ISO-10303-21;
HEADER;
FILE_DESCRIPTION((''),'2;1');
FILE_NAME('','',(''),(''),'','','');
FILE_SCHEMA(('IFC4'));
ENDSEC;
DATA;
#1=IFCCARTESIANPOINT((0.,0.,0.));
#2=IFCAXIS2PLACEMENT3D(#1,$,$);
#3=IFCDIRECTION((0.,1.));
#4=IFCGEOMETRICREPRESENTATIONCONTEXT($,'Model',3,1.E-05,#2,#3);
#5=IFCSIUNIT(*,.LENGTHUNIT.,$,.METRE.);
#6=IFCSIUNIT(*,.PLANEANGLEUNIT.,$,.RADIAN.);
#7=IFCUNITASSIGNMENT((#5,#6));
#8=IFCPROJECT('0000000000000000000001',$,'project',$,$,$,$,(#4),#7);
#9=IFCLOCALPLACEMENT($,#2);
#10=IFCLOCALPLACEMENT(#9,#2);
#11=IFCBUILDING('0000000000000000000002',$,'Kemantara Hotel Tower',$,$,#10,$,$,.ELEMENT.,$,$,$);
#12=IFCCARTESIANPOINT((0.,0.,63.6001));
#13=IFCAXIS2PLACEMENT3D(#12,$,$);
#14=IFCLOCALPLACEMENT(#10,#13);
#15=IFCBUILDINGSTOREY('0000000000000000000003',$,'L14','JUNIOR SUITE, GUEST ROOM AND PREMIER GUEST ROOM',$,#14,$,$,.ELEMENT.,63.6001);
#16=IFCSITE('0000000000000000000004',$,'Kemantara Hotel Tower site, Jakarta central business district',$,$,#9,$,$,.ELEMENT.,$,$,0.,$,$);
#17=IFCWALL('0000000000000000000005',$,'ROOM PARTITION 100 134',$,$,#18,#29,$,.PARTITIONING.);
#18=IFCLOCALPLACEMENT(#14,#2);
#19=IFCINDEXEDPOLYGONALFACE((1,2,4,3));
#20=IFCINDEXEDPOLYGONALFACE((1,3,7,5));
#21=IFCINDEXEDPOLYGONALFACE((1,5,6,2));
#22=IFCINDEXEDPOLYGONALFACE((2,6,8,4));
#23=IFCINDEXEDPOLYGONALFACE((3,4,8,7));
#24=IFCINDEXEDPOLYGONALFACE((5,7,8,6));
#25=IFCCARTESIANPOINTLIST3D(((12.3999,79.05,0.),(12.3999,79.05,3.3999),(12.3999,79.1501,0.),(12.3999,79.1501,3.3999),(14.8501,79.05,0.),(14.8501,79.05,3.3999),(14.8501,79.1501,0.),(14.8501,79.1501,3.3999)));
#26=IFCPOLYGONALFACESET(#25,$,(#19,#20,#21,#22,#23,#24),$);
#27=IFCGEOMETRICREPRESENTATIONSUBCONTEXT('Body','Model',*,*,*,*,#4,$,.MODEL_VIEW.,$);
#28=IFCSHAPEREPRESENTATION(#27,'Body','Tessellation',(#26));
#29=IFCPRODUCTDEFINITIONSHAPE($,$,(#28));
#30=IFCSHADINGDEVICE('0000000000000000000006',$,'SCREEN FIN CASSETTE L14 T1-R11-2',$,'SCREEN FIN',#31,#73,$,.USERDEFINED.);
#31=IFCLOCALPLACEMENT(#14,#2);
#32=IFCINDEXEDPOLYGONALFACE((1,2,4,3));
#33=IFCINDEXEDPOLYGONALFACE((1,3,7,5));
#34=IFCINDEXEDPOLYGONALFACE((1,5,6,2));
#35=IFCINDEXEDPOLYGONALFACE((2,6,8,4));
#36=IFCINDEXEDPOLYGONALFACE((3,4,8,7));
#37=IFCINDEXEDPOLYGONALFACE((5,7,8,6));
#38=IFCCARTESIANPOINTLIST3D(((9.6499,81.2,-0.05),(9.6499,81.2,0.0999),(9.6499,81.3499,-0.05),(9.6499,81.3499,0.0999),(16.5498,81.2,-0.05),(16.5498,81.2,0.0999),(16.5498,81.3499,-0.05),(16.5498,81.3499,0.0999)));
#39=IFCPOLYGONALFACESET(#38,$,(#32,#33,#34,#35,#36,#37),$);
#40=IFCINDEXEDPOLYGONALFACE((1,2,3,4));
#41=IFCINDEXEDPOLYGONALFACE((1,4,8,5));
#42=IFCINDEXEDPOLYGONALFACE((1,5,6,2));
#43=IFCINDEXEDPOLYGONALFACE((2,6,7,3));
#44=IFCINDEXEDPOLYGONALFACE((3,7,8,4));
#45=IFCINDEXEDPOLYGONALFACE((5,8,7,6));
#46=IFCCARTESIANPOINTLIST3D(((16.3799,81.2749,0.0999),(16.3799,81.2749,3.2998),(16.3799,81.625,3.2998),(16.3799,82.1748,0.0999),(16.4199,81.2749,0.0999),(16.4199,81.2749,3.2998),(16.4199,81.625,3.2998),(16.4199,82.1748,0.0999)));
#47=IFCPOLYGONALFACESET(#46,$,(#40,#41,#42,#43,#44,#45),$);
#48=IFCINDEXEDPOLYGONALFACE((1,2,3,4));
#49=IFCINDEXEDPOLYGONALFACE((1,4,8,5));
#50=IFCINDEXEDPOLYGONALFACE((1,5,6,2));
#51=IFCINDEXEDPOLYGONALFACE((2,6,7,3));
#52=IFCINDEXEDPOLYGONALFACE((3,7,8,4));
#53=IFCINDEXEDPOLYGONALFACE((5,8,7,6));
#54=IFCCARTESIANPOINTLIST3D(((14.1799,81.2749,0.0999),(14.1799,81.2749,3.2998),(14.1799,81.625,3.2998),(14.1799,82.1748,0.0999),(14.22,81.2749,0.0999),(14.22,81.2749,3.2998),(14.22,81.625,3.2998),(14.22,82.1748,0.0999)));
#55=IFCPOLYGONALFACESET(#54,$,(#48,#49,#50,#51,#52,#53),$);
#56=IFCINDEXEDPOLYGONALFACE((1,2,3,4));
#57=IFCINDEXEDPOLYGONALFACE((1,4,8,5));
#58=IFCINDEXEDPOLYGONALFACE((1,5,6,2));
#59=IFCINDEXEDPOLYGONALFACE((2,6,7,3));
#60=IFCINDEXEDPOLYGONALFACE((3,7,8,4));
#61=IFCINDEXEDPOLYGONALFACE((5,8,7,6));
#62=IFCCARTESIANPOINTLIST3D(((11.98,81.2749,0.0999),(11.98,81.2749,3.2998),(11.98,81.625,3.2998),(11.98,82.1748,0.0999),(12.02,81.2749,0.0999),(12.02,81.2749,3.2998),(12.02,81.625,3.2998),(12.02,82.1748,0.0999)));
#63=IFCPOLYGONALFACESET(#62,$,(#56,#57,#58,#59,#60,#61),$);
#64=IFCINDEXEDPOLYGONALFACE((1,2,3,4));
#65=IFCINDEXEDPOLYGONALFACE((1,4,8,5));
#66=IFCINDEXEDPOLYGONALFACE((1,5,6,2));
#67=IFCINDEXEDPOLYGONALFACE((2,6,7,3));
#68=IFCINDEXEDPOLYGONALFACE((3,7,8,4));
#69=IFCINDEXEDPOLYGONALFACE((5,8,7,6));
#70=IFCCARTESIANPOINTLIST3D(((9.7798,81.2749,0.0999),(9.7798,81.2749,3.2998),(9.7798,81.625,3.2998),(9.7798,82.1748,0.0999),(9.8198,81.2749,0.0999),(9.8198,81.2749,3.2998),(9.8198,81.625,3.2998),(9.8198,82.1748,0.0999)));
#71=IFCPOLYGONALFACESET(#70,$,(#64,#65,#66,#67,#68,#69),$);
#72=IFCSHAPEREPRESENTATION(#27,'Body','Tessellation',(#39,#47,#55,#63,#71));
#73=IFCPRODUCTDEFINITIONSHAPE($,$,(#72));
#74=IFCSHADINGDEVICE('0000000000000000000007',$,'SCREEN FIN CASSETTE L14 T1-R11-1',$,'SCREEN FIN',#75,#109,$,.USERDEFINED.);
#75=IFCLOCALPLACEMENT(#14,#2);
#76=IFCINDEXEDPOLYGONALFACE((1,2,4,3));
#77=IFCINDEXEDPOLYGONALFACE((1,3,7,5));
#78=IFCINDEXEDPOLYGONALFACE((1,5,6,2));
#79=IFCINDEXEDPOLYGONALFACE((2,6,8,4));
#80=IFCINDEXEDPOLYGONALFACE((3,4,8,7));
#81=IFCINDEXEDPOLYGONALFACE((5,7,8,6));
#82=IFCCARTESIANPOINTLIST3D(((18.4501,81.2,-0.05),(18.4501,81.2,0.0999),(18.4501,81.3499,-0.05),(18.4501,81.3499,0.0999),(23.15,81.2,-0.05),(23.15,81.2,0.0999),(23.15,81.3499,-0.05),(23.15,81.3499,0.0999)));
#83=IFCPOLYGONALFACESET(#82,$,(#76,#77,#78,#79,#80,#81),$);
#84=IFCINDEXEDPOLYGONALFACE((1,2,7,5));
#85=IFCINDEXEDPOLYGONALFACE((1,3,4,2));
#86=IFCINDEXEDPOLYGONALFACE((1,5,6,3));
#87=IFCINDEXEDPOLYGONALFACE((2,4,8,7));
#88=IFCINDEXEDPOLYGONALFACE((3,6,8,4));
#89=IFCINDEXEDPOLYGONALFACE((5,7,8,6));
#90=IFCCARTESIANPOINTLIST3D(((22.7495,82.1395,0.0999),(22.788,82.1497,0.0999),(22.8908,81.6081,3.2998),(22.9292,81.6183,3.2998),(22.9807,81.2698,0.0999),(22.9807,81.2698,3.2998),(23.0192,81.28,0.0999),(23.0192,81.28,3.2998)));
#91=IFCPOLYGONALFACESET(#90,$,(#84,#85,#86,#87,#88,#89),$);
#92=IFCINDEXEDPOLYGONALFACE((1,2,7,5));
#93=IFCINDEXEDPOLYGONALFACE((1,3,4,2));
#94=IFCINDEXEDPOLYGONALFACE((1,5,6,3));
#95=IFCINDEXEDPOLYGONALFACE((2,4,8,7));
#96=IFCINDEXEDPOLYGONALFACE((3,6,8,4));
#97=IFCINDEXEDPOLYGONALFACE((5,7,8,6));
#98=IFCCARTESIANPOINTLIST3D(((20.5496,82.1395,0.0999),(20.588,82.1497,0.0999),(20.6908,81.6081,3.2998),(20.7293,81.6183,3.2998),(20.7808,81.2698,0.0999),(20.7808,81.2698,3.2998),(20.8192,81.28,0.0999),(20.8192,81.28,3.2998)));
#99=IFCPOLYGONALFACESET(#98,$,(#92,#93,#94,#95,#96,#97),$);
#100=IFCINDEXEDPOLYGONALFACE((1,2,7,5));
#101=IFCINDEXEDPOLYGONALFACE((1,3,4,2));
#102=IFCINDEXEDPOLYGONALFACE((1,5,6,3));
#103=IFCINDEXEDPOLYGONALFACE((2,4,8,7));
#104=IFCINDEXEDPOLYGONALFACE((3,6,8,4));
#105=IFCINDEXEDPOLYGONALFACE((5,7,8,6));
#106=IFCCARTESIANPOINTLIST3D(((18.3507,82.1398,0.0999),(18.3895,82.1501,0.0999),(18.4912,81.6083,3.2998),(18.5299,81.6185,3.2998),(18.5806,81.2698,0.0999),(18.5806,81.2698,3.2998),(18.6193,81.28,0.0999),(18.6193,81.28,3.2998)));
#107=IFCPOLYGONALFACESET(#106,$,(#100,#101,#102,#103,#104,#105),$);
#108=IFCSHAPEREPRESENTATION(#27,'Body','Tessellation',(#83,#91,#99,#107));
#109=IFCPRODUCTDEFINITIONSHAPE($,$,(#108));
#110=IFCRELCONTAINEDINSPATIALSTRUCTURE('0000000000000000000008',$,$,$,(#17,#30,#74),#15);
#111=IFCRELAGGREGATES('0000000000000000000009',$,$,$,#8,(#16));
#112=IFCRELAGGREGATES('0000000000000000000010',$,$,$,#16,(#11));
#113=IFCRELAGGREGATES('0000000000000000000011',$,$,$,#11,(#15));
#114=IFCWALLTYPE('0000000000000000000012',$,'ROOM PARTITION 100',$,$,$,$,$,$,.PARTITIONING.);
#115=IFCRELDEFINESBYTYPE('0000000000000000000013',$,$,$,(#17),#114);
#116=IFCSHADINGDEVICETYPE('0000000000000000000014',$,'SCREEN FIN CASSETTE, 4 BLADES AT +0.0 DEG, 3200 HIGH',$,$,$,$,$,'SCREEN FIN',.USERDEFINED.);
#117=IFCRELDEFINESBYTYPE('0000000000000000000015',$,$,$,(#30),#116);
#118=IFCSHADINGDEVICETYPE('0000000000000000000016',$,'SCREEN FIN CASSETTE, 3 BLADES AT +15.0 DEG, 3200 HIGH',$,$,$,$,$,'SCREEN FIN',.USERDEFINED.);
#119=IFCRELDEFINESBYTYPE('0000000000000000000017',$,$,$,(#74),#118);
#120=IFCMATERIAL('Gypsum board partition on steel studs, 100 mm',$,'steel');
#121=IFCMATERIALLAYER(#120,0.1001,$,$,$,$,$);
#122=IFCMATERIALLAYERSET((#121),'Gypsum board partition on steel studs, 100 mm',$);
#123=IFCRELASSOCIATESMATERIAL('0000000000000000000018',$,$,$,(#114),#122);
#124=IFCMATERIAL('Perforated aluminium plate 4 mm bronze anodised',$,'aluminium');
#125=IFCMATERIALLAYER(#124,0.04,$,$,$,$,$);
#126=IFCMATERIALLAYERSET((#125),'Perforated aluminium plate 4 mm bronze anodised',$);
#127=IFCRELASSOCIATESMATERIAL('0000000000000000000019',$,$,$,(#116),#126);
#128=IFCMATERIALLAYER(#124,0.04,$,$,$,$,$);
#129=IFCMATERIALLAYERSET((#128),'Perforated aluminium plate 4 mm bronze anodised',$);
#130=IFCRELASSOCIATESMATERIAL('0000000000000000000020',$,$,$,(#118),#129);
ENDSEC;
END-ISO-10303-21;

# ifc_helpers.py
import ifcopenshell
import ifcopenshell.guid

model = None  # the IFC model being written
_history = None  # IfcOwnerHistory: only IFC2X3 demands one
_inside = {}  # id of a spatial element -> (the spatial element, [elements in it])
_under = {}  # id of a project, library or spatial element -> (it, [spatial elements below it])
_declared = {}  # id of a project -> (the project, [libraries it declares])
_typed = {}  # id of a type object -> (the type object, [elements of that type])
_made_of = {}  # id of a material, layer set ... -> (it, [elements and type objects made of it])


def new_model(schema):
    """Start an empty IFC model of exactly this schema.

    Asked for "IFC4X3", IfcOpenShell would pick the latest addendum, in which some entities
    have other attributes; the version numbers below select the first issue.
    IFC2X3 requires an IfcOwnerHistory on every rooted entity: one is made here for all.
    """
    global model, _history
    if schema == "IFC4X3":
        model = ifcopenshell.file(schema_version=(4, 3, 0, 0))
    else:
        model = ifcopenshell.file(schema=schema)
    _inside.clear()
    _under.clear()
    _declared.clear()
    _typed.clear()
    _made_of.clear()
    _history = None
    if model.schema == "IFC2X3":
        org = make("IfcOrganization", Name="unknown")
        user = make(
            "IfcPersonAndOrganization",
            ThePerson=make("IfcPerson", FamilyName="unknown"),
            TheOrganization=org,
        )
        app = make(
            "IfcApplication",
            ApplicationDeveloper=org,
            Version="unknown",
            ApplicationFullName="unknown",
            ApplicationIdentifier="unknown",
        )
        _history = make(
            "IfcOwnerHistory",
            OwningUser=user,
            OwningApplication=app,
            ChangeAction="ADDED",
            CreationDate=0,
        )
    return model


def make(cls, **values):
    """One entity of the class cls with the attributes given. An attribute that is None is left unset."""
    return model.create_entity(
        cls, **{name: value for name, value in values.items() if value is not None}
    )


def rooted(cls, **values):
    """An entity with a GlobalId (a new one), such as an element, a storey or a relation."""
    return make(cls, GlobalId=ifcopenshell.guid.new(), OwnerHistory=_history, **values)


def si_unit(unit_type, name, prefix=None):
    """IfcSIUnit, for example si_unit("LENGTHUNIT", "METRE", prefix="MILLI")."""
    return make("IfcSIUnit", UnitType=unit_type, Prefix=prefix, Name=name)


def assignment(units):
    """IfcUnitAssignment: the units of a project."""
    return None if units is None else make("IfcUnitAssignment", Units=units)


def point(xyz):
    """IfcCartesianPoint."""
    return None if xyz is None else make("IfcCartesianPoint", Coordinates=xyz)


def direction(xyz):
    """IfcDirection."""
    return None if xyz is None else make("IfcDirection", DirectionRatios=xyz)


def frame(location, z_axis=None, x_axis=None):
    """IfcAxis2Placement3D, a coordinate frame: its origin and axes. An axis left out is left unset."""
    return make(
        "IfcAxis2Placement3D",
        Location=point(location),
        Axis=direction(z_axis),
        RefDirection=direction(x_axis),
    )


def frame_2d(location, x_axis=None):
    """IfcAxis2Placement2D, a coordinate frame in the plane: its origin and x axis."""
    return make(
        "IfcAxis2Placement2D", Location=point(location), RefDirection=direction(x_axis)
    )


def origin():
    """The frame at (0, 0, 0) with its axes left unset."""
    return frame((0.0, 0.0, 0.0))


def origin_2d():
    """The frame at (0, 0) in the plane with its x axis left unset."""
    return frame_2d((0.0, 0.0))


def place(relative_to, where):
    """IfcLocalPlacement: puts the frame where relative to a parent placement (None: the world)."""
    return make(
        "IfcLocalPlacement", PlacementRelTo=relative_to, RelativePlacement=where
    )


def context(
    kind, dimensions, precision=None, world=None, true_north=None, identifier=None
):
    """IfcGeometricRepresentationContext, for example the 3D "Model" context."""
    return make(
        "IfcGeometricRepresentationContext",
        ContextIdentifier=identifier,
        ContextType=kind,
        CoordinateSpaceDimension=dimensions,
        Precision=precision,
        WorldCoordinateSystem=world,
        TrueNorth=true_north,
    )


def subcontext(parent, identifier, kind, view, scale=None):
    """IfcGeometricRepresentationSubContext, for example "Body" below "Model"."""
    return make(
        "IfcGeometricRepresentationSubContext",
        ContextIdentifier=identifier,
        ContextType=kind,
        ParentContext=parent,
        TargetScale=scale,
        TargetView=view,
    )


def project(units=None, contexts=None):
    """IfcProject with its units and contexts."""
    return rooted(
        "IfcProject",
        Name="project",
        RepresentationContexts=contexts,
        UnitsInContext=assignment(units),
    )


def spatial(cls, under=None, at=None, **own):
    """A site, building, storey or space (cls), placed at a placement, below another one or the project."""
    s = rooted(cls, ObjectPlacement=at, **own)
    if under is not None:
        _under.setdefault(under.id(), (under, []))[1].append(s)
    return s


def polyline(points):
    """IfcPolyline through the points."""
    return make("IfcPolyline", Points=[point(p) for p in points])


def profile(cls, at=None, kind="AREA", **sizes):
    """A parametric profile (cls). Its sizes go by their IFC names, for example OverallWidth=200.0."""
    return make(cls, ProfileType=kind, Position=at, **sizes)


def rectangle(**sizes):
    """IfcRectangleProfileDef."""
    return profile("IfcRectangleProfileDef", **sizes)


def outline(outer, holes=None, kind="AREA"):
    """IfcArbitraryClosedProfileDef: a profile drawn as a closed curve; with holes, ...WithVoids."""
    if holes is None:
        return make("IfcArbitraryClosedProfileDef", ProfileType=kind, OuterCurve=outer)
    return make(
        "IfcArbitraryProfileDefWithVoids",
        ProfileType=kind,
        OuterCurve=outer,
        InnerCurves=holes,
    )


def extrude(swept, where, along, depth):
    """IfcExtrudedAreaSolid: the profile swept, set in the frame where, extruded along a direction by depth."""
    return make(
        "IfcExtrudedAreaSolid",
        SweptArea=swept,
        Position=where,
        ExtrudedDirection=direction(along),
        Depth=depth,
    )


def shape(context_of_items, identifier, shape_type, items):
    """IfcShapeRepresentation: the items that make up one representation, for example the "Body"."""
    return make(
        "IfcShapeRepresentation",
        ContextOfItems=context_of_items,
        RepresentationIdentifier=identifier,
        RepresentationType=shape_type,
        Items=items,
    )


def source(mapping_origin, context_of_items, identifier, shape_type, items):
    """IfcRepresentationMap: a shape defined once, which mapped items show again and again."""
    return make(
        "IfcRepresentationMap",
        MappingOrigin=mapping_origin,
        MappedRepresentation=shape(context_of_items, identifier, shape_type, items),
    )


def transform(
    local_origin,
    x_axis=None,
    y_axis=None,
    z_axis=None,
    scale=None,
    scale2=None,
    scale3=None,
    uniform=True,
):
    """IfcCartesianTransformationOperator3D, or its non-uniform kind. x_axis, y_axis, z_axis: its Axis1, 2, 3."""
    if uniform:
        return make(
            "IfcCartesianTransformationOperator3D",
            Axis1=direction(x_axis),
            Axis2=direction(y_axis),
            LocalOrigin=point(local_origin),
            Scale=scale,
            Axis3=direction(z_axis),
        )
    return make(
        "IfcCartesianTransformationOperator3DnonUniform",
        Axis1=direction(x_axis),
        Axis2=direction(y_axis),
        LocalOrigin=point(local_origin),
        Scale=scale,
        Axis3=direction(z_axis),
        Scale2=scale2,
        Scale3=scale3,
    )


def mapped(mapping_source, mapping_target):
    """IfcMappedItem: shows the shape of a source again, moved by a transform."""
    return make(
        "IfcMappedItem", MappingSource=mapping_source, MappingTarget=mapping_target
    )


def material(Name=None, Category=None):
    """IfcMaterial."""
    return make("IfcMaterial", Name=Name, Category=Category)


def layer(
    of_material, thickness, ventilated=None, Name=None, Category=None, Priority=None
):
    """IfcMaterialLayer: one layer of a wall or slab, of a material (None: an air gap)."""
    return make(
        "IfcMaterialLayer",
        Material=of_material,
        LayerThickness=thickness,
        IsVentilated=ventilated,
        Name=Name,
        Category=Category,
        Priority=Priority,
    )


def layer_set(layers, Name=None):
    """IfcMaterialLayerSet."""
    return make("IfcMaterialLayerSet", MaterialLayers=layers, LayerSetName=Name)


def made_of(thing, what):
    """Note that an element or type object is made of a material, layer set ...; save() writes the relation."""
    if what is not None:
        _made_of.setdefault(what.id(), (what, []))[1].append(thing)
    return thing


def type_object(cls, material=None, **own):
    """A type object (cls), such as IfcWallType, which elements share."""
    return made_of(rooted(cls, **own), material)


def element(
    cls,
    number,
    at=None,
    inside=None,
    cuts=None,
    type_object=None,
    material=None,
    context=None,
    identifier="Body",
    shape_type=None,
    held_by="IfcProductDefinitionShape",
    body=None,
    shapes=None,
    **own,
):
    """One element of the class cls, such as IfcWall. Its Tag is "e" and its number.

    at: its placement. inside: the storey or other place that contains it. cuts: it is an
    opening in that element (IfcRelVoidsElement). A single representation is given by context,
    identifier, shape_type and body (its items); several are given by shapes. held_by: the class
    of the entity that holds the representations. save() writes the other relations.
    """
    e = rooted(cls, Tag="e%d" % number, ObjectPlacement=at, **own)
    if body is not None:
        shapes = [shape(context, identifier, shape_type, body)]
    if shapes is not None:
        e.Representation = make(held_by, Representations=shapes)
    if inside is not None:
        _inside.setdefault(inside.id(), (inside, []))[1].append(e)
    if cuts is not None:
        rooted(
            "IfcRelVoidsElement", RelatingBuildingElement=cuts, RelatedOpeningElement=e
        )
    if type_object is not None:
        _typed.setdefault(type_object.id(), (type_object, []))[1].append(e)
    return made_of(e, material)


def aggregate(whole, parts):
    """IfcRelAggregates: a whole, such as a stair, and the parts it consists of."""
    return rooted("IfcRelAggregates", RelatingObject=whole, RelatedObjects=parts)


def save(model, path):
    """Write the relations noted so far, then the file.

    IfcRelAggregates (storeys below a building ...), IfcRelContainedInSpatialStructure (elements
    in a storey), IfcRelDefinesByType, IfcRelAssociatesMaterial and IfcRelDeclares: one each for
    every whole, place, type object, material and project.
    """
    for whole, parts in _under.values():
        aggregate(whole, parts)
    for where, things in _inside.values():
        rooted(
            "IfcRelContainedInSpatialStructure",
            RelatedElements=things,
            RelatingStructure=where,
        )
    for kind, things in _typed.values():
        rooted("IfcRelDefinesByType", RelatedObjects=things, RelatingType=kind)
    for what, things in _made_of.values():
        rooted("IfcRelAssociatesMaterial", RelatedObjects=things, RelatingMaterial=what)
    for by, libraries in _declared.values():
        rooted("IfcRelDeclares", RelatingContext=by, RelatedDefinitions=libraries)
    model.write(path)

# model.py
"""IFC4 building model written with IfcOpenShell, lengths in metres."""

from ifc_helpers import new_model, si_unit, direction, frame, frame_2d, origin, origin_2d, place, context, subcontext, project, spatial, polyline, rectangle, outline, extrude, source, transform, mapped, material, layer, layer_set, type_object, element, save


model = new_model("IFC4")

# Units and contexts
model_context = context("Model", 3, precision=1e-05, world=origin(), true_north=direction((0.0, 1.0)))
body_context = subcontext(model_context, "Body", "Model", "MODEL_VIEW")
ifc_project = project(units=[si_unit("LENGTHUNIT", "METRE"), si_unit("PLANEANGLEUNIT", "RADIAN")], contexts=[model_context])

# Site, building, storey
site_placement = place(None, origin())
site = spatial("IfcSite", under=ifc_project, at=site_placement, Name="Kemantara Hotel Tower site, Jakarta central business district", CompositionType="ELEMENT", RefElevation=0.0)
building_placement = place(site_placement, origin())
building = spatial("IfcBuilding", under=site, at=building_placement, Name="Kemantara Hotel Tower", CompositionType="ELEMENT")
storey_placement = place(building_placement, frame((0.0, 0.0, 63.6001)))
storey = spatial("IfcBuildingStorey", under=building, at=storey_placement, Name="L14", Description="JUNIOR SUITE, GUEST ROOM AND PREMIER GUEST ROOM", CompositionType="ELEMENT", Elevation=63.6001)

# Shared definitions
ifc_material_1 = material(Name="Gypsum board partition on steel studs, 100 mm", Category="steel")
ifc_layer_1 = layer(ifc_material_1, 0.1001)
ifc_layer_set_1 = layer_set([ifc_layer_1], Name="Gypsum board partition on steel studs, 100 mm")
wall_type_1 = type_object("IfcWallType", Name="ROOM PARTITION 100", PredefinedType="PARTITIONING", material=ifc_layer_set_1)

# Wall
wall_1_placement = place(storey_placement, frame((12.3999, 79.1001, 0.0), z_axis=(0.0, 0.0, 1.0), x_axis=(1.0, 0.0, 0.0)))
element("IfcWall", 1, at=wall_1_placement, inside=storey, type_object=wall_type_1, Name="ROOM PARTITION 100 134", PredefinedType="PARTITIONING", context=body_context, shape_type="SweptSolid", body=[
    extrude(rectangle(XDim=2.4502, YDim=0.1001, at=frame_2d((1.2251, 0.0))), origin(), (0.0, 0.0, 1.0), 3.3999),
])

# Shading devices
ifc_material_2 = material(Name="Perforated aluminium plate 4 mm bronze anodised", Category="aluminium")
ifc_layer_2 = layer(ifc_material_2, 0.04)
ifc_layer_set_2 = layer_set([ifc_layer_2], Name="Perforated aluminium plate 4 mm bronze anodised")
shading_device_type_1 = type_object("IfcShadingDeviceType", Name="SCREEN FIN CASSETTE, 4 BLADES AT +0.0 DEG, 3200 HIGH", ElementType="SCREEN FIN", PredefinedType="USERDEFINED", material=ifc_layer_set_2)
shared_shape_1 = source(origin(), body_context, "Body", "SweptSolid", [
    extrude(rectangle(XDim=6.8999, YDim=0.1499, at=origin_2d()), frame((3.3, -0.075, -0.1499), z_axis=(0.0, 0.0, 1.0), x_axis=(1.0, 0.0, 0.0)), (0.0, 0.0, 1.0), 0.1499),
    extrude(outline(polyline([(0.0, 0.0), (0.8999, 0.0), (0.3501, 3.2), (0.0, 3.2), (0.0, 0.0)])), frame((0.02, -0.075, 0.0), z_axis=(-1.0, 0.0, 0.0), x_axis=(0.0, -1.0, 0.0)), (0.0, 0.0, 1.0), 0.04),
    extrude(outline(polyline([(0.0, 0.0), (0.8999, 0.0), (0.3501, 3.2), (0.0, 3.2), (0.0, 0.0)])), frame((2.22, -0.075, 0.0), z_axis=(-1.0, 0.0, 0.0), x_axis=(0.0, -1.0, 0.0)), (0.0, 0.0, 1.0), 0.04),
    extrude(outline(polyline([(0.0, 0.0), (0.8999, 0.0), (0.3501, 3.2), (0.0, 3.2), (0.0, 0.0)])), frame((4.4199, -0.075, 0.0), z_axis=(-1.0, 0.0, 0.0), x_axis=(0.0, -1.0, 0.0)), (0.0, 0.0, 1.0), 0.04),
    extrude(outline(polyline([(0.0, 0.0), (0.8999, 0.0), (0.3501, 3.2), (0.0, 3.2), (0.0, 0.0)])), frame((6.6201, -0.075, 0.0), z_axis=(-1.0, 0.0, 0.0), x_axis=(0.0, -1.0, 0.0)), (0.0, 0.0, 1.0), 0.04),
])
shading_device_1_placement = place(storey_placement, frame((16.3999, 81.2, 0.0999), z_axis=(0.0, 0.0, 1.0), x_axis=(-1.0, 0.0, 0.0)))
element("IfcShadingDevice", 2, at=shading_device_1_placement, inside=storey, type_object=shading_device_type_1, Name="SCREEN FIN CASSETTE L14 T1-R11-2", ObjectType="SCREEN FIN", PredefinedType="USERDEFINED", context=body_context, shape_type="MappedRepresentation", body=[
    mapped(shared_shape_1, transform((0.0, 0.0, 0.0))),
])
ifc_layer_3 = layer(ifc_material_2, 0.04)
ifc_layer_set_3 = layer_set([ifc_layer_3], Name="Perforated aluminium plate 4 mm bronze anodised")
shading_device_type_2 = type_object("IfcShadingDeviceType", Name="SCREEN FIN CASSETTE, 3 BLADES AT +15.0 DEG, 3200 HIGH", ElementType="SCREEN FIN", PredefinedType="USERDEFINED", material=ifc_layer_set_3)
shared_shape_2 = source(origin(), body_context, "Body", "SweptSolid", [
    extrude(rectangle(XDim=4.7, YDim=0.1499, at=origin_2d()), frame((2.2, -0.075, -0.1499), z_axis=(0.0, 0.0, 1.0), x_axis=(1.0, 0.0, 0.0)), (0.0, 0.0, 1.0), 0.1499),
    extrude(outline(polyline([(0.0, 0.0), (0.8999, 0.0), (0.3501, 3.2), (0.0, 3.2), (0.0, 0.0)])), frame((0.0193, -0.0698, 0.0), z_axis=(-0.966438, -0.256901, 0.0), x_axis=(0.256901, -0.966438, 0.0)), (0.0, 0.0, 1.0), 0.0398),
    extrude(outline(polyline([(0.0, 0.0), (0.8999, 0.0), (0.3501, 3.2), (0.0, 3.2), (0.0, 0.0)])), frame((2.2192, -0.0698, 0.0), z_axis=(-0.966438, -0.256901, 0.0), x_axis=(0.256901, -0.966438, 0.0)), (0.0, 0.0, 1.0), 0.0398),
    extrude(outline(polyline([(0.0, 0.0), (0.8999, 0.0), (0.3501, 3.2), (0.0, 3.2), (0.0, 0.0)])), frame((4.4194, -0.0698, 0.0), z_axis=(-0.966838, -0.255391, 0.0), x_axis=(0.255391, -0.966838, 0.0)), (0.0, 0.0, 1.0), 0.04),
])
shading_device_2_placement = place(storey_placement, frame((23.0, 81.2, 0.0999), z_axis=(0.0, 0.0, 1.0), x_axis=(-1.0, 0.0, 0.0)))
element("IfcShadingDevice", 3, at=shading_device_2_placement, inside=storey, type_object=shading_device_type_2, Name="SCREEN FIN CASSETTE L14 T1-R11-1", ObjectType="SCREEN FIN", PredefinedType="USERDEFINED", context=body_context, shape_type="MappedRepresentation", body=[
    mapped(shared_shape_2, transform((0.0, 0.0, 0.0))),
])

save(model, "model.ifc")
